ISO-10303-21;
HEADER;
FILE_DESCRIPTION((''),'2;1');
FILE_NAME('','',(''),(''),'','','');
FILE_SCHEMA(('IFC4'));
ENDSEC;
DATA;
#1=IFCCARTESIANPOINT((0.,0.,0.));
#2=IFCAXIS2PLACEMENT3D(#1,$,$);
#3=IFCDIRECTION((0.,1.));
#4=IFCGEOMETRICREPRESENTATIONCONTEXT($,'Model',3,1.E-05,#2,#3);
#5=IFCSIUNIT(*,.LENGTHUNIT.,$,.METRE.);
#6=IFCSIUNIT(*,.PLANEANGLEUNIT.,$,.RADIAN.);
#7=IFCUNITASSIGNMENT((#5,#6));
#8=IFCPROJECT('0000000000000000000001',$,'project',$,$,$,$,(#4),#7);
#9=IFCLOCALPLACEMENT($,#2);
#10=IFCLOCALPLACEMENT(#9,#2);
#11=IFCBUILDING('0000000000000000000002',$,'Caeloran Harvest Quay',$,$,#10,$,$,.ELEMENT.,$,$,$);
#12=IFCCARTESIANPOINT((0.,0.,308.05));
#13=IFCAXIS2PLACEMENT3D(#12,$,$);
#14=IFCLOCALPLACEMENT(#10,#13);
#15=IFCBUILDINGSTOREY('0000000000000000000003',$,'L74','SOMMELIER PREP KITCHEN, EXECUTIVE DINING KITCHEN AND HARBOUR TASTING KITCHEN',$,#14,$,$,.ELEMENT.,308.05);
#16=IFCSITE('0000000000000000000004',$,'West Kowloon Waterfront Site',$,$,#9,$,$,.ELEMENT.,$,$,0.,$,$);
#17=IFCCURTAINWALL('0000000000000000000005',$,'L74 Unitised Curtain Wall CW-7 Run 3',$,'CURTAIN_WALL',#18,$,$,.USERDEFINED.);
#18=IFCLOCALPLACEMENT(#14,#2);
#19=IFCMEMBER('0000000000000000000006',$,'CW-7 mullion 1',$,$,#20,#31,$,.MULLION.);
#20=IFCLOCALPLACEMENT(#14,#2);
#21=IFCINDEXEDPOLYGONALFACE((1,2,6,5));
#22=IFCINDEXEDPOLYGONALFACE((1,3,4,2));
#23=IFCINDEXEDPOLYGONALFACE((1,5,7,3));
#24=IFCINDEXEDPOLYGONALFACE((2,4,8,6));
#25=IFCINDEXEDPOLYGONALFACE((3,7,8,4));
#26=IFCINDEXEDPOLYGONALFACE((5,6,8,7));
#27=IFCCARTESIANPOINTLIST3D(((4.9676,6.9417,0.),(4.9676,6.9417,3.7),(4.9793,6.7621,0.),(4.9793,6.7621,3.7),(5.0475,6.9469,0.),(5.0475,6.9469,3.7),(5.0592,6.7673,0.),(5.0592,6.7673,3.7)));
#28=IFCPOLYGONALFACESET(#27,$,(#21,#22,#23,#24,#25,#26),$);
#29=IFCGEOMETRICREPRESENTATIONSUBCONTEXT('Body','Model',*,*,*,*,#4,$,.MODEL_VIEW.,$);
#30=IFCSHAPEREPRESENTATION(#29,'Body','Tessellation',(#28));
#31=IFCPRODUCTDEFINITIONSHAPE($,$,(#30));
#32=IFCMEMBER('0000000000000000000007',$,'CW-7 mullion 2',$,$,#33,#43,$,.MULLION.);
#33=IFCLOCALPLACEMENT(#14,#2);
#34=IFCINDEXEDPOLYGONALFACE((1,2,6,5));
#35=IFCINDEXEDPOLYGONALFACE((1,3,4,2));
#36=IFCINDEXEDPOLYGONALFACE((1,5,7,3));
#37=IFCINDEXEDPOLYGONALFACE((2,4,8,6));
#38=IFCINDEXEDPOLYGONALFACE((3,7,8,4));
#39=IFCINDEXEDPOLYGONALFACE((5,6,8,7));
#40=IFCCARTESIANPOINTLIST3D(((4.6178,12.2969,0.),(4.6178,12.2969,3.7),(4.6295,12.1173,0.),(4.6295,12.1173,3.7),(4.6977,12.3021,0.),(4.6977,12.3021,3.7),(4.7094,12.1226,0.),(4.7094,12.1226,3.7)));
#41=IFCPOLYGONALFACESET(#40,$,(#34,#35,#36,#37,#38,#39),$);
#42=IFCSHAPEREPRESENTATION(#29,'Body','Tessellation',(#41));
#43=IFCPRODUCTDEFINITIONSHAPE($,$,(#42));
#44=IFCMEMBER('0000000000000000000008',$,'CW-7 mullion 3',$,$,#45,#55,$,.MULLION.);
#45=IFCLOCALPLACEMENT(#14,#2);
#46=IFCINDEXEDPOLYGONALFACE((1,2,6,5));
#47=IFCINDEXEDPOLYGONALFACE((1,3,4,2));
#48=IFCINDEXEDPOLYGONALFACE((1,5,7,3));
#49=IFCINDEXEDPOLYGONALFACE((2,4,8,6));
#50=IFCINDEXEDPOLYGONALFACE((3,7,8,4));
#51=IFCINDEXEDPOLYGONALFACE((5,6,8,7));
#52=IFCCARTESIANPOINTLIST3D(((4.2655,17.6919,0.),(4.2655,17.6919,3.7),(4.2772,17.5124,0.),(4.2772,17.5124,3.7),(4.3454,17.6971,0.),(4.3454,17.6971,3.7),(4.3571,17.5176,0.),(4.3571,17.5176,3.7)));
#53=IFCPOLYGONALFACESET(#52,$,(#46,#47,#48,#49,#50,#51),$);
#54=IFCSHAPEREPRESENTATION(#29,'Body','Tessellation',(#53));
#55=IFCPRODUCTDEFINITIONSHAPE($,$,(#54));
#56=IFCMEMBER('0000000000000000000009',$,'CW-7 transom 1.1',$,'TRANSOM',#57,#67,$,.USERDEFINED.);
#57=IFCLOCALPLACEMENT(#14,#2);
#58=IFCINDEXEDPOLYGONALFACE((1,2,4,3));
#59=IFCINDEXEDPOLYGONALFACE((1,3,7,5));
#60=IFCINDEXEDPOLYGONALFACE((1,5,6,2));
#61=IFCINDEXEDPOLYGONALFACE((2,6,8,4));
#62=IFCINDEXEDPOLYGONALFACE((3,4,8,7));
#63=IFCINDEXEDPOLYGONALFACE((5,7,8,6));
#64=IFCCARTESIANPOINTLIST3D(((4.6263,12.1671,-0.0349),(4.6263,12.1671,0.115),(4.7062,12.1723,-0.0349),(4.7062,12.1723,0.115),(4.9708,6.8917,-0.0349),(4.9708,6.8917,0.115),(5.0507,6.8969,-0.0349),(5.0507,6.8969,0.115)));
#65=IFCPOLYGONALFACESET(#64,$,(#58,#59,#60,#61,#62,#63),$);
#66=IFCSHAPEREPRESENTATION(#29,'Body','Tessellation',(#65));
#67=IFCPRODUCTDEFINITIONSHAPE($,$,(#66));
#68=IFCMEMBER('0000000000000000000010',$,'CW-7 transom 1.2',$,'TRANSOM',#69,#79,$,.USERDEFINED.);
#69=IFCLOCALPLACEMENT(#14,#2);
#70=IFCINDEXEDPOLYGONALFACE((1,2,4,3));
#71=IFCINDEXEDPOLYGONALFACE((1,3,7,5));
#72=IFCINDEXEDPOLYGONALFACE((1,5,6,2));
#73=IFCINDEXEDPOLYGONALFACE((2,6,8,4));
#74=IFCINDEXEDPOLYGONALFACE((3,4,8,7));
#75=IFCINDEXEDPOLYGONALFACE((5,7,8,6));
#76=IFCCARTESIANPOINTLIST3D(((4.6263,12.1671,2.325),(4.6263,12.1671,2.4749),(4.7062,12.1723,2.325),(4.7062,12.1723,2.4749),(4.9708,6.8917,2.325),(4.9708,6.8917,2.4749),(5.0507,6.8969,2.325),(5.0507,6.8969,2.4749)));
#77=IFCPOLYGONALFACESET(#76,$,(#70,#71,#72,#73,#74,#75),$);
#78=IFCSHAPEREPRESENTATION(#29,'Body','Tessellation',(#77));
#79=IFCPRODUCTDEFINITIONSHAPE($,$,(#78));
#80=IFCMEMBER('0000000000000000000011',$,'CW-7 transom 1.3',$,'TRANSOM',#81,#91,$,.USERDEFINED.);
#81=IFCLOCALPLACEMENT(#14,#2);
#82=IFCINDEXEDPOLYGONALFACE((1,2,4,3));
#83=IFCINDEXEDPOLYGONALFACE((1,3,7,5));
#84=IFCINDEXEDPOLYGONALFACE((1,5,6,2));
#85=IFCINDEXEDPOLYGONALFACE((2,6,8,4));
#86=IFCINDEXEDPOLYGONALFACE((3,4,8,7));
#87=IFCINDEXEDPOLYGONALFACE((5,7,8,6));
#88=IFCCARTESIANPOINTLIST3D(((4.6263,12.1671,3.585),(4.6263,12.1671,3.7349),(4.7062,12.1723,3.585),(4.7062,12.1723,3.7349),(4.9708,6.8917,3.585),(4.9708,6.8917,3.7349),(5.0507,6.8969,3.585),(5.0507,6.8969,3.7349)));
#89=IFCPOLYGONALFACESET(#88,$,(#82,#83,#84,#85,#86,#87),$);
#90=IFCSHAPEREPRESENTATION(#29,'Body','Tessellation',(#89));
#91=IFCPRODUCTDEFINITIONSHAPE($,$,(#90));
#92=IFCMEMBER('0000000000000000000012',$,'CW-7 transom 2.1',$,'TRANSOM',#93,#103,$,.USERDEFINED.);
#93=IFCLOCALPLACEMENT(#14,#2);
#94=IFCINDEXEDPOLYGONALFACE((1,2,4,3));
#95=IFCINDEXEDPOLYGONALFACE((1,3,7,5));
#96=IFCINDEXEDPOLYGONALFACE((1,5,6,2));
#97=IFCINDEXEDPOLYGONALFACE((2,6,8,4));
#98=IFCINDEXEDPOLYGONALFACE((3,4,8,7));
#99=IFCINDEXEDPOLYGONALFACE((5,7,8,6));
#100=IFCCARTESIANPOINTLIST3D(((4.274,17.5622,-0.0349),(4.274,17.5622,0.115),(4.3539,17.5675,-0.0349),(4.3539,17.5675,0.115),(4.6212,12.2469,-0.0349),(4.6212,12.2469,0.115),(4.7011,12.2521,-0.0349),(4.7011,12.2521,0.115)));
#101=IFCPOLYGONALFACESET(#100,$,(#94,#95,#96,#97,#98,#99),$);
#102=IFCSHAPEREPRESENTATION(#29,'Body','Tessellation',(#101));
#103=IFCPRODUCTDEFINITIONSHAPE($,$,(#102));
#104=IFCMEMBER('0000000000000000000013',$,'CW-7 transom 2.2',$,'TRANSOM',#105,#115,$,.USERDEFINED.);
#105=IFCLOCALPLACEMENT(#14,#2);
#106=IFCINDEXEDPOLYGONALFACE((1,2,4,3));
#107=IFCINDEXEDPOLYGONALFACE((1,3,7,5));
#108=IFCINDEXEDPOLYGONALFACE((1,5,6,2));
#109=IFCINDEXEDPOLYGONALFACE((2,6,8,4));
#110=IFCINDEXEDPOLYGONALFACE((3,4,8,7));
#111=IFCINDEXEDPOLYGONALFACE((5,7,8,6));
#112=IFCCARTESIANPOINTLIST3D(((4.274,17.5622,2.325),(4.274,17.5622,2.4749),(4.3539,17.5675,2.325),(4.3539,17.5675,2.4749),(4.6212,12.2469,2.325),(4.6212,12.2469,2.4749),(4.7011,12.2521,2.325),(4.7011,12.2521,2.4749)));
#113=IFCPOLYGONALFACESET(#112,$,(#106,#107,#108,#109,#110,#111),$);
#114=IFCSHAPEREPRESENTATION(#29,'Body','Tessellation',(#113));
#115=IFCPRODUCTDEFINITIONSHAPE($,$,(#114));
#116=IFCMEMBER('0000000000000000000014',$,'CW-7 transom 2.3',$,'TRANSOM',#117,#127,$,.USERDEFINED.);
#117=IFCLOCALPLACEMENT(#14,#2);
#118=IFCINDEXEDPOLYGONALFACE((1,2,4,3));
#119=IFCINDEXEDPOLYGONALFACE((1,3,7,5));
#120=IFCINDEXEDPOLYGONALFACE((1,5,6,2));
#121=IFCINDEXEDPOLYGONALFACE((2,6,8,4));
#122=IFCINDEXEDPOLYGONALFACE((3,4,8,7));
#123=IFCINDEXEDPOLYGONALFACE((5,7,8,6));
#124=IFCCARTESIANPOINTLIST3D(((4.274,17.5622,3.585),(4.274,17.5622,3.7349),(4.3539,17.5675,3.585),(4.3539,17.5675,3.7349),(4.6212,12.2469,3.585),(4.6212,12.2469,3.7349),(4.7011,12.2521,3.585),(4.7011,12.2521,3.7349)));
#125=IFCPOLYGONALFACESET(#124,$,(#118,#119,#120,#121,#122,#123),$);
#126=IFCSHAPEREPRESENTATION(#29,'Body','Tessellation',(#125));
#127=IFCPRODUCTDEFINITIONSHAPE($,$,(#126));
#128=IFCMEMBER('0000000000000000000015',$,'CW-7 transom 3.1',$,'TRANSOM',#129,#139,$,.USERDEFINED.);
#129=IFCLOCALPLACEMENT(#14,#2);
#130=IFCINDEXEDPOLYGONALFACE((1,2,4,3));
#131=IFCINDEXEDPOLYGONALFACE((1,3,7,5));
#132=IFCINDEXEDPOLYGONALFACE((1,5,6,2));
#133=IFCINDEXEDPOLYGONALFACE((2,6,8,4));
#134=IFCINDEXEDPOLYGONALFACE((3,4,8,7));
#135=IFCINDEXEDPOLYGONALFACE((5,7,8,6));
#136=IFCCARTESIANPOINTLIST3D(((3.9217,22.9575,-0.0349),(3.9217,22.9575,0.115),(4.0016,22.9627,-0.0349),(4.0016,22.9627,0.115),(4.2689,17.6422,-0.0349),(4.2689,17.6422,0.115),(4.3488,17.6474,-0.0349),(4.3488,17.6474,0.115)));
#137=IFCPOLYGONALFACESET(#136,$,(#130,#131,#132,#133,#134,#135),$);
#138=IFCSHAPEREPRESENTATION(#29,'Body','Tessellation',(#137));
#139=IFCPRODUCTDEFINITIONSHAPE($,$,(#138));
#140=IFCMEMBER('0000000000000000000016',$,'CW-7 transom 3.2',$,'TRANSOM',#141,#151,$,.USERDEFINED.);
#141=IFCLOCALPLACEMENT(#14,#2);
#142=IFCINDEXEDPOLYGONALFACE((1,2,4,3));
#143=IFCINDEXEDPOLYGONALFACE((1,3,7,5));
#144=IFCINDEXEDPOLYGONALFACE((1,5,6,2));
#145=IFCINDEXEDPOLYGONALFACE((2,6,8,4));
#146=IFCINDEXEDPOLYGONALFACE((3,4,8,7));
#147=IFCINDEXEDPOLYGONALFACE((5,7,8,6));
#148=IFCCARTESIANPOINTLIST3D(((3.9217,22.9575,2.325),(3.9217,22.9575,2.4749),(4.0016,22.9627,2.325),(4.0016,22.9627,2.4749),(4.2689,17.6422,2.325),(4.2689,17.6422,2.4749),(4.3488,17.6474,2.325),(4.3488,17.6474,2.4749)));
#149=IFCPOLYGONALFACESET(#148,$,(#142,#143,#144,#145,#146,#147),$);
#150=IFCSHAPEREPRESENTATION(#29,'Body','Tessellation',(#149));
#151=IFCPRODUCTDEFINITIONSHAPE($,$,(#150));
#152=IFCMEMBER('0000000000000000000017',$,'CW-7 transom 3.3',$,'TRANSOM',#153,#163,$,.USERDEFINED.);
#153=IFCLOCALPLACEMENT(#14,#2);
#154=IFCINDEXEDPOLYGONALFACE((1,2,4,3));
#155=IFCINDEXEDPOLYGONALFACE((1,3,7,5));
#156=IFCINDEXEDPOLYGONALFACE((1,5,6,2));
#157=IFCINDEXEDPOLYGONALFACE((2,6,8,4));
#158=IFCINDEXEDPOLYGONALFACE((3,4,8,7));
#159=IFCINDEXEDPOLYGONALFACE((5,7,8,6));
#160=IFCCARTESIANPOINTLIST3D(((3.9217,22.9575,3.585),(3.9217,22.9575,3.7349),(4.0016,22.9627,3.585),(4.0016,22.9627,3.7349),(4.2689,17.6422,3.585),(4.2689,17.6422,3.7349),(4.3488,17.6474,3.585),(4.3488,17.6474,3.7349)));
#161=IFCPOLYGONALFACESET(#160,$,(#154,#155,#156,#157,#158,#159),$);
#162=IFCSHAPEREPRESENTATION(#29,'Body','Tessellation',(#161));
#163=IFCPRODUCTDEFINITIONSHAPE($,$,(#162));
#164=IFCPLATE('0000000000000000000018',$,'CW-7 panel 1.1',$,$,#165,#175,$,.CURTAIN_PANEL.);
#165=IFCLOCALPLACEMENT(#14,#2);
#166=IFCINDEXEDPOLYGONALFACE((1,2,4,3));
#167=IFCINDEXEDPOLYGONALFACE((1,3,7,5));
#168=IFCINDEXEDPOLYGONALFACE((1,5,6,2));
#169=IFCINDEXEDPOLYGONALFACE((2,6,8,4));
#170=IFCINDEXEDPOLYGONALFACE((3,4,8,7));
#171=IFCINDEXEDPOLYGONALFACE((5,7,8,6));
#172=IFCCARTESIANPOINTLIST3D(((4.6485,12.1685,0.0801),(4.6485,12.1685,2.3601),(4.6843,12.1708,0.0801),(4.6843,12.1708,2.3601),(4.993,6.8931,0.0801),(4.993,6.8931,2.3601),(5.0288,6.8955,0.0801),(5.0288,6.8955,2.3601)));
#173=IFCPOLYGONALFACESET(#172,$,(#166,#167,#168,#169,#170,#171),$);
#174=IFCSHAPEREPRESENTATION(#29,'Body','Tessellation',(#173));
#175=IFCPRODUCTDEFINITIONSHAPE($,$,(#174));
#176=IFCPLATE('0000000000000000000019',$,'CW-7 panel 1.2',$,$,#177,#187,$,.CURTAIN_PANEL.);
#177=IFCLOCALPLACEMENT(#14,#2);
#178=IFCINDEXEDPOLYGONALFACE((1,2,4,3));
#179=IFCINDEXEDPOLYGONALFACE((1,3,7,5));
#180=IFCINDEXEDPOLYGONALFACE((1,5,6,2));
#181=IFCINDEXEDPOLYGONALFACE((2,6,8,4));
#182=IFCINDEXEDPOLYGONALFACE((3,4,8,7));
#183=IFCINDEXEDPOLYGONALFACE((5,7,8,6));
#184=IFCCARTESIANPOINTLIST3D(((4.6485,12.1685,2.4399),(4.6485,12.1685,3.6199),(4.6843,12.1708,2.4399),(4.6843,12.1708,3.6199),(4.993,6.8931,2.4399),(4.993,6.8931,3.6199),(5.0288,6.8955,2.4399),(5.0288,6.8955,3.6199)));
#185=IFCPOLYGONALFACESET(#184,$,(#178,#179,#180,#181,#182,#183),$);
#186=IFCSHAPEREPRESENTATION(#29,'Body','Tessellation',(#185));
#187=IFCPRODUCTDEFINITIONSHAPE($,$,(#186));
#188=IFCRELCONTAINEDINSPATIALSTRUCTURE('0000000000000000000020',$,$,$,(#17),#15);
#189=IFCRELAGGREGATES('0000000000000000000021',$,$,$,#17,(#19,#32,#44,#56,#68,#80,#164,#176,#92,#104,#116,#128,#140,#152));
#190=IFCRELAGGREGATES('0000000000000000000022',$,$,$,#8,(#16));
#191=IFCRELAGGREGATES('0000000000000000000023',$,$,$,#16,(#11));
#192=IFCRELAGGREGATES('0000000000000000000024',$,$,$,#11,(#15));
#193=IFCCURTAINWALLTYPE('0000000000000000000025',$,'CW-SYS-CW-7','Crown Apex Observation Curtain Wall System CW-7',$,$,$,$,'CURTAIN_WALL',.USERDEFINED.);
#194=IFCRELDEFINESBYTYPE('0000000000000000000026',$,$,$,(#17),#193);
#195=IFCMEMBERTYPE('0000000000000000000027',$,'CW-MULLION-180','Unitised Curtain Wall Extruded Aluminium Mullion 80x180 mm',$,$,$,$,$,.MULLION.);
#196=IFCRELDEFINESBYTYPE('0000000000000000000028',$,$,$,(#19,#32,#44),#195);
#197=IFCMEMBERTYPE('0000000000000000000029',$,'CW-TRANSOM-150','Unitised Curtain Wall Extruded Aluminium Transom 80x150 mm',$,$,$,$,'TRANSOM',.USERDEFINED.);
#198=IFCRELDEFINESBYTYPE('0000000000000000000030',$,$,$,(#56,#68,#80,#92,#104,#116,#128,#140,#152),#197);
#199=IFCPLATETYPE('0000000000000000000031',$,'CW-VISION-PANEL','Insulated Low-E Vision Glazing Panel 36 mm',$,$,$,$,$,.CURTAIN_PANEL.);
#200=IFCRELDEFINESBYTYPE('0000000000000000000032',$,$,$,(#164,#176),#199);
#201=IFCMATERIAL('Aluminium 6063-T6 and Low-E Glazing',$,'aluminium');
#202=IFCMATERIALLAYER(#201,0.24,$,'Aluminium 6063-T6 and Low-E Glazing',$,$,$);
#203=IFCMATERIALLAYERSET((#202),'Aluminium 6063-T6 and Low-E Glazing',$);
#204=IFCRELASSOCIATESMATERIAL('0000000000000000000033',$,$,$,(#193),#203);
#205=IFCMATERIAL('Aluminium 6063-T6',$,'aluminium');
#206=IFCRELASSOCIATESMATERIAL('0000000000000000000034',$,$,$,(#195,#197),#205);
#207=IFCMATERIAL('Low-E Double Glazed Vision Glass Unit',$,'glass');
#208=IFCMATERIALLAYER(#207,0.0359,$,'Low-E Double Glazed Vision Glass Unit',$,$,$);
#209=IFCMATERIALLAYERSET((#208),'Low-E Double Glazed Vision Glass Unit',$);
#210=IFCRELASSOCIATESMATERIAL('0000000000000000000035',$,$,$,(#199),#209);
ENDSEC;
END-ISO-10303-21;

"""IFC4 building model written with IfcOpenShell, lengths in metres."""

from ifc_helpers import new_model, si_unit, direction, frame, origin, origin_2d, place, context, subcontext, project, spatial, rectangle, extrude, material, layer, layer_set, material_profile, profile_set, type_object, element, aggregate, save


model = new_model("IFC4")

# Units and contexts
model_context = context("Model", 3, precision=1e-05, world=origin(), true_north=direction((0.0, 1.0)))
body_context = subcontext(model_context, "Body", "Model", "MODEL_VIEW")
ifc_project = project(units=[si_unit("LENGTHUNIT", "METRE"), si_unit("PLANEANGLEUNIT", "RADIAN")], contexts=[model_context])

# Site, building, storey
site_placement = place(None, origin())
site = spatial("IfcSite", under=ifc_project, at=site_placement, Name="West Kowloon Waterfront Site", CompositionType="ELEMENT", RefElevation=0.0)
building_placement = place(site_placement, origin())
building = spatial("IfcBuilding", under=site, at=building_placement, Name="Caeloran Harvest Quay", CompositionType="ELEMENT")
storey_placement = place(building_placement, frame((0.0, 0.0, 308.05)))
storey = spatial("IfcBuildingStorey", under=building, at=storey_placement, Name="L74", Description="SOMMELIER PREP KITCHEN, EXECUTIVE DINING KITCHEN AND HARBOUR TASTING KITCHEN", CompositionType="ELEMENT", Elevation=308.05)

# Curtain wall, members, plates
ifc_material_1 = material(Name="Aluminium 6063-T6 and Low-E Glazing", Category="aluminium")
ifc_layer_1 = layer(ifc_material_1, 0.24, Name="Aluminium 6063-T6 and Low-E Glazing")
ifc_layer_set_1 = layer_set([ifc_layer_1], Name="Aluminium 6063-T6 and Low-E Glazing")
curtain_wall_type = type_object("IfcCurtainWallType", Name="CW-SYS-CW-7", Description="Crown Apex Observation Curtain Wall System CW-7", ElementType="CURTAIN_WALL", PredefinedType="USERDEFINED", material=ifc_layer_set_1)
curtain_wall_placement = place(storey_placement, origin())
curtain_wall = element("IfcCurtainWall", 1, at=curtain_wall_placement, inside=storey, type_object=curtain_wall_type, Name="L74 Unitised Curtain Wall CW-7 Run 3", ObjectType="CURTAIN_WALL", PredefinedType="USERDEFINED")
ifc_material_2 = material(Name="Aluminium 6063-T6", Category="aluminium")
ifc_material_profile_1 = material_profile(ifc_material_2, rectangle(XDim=0.0801, YDim=0.1799, at=origin_2d()), Name="CW-MULLION-180")
ifc_profile_set_1 = profile_set([ifc_material_profile_1], Name="Aluminium 6063-T6")
member_type_1 = type_object("IfcMemberType", Name="CW-MULLION-180", Description="Unitised Curtain Wall Extruded Aluminium Mullion 80x180 mm", PredefinedType="MULLION", material=ifc_profile_set_1)
member_1_placement = place(storey_placement, frame((5.0134, 6.8545, 0.0), z_axis=(0.0, 0.0, 1.0), x_axis=(-0.997874, -0.065167, 0.0)))
member_1 = element("IfcMember", 2, at=member_1_placement, type_object=member_type_1, Name="CW-7 mullion 1", PredefinedType="MULLION", context=body_context, shape_type="SweptSolid", body=[
    extrude(rectangle(XDim=0.0801, YDim=0.1799, at=origin_2d()), origin(), (0.0, 0.0, 1.0), 3.7),
])
member_2_placement = place(storey_placement, frame((4.6636, 12.2097, 0.0), z_axis=(0.0, 0.0, 1.0), x_axis=(-0.997874, -0.065167, 0.0)))
member_2 = element("IfcMember", 3, at=member_2_placement, type_object=member_type_1, Name="CW-7 mullion 2", PredefinedType="MULLION", context=body_context, shape_type="SweptSolid", body=[
    extrude(rectangle(XDim=0.0801, YDim=0.1799, at=origin_2d()), origin(), (0.0, 0.0, 1.0), 3.7),
])
member_3_placement = place(storey_placement, frame((4.3113, 17.6047, 0.0), z_axis=(0.0, 0.0, 1.0), x_axis=(-0.997874, -0.065167, 0.0)))
member_3 = element("IfcMember", 4, at=member_3_placement, type_object=member_type_1, Name="CW-7 mullion 3", PredefinedType="MULLION", context=body_context, shape_type="SweptSolid", body=[
    extrude(rectangle(XDim=0.0801, YDim=0.1799, at=origin_2d()), origin(), (0.0, 0.0, 1.0), 3.7),
])
ifc_material_profile_2 = material_profile(ifc_material_2, rectangle(XDim=0.0801, YDim=0.1499, at=origin_2d()), Name="CW-TRANSOM-150")
ifc_profile_set_2 = profile_set([ifc_material_profile_2], Name="Aluminium 6063-T6")
member_type_2 = type_object("IfcMemberType", Name="CW-TRANSOM-150", Description="Unitised Curtain Wall Extruded Aluminium Transom 80x150 mm", ElementType="TRANSOM", PredefinedType="USERDEFINED", material=ifc_profile_set_2)
member_4_placement = place(storey_placement, frame((5.0107, 6.8943, 0.04), z_axis=(-0.065161, 0.997875, 0.0), x_axis=(-0.997875, -0.065161, 0.0)))
member_4 = element("IfcMember", 5, at=member_4_placement, type_object=member_type_2, Name="CW-7 transom 1.1", ObjectType="TRANSOM", PredefinedType="USERDEFINED", context=body_context, shape_type="SweptSolid", body=[
    extrude(rectangle(XDim=0.0801, YDim=0.1499, at=origin_2d()), origin(), (0.0, 0.0, 1.0), 5.2866),
])
member_5_placement = place(storey_placement, frame((5.0107, 6.8943, 2.3999), z_axis=(-0.065161, 0.997875, 0.0), x_axis=(-0.997875, -0.065161, 0.0)))
member_5 = element("IfcMember", 6, at=member_5_placement, type_object=member_type_2, Name="CW-7 transom 1.2", ObjectType="TRANSOM", PredefinedType="USERDEFINED", context=body_context, shape_type="SweptSolid", body=[
    extrude(rectangle(XDim=0.0801, YDim=0.1499, at=origin_2d()), origin(), (0.0, 0.0, 1.0), 5.2866),
])
member_6_placement = place(storey_placement, frame((5.0107, 6.8943, 3.6599), z_axis=(-0.065161, 0.997875, 0.0), x_axis=(-0.997875, -0.065161, 0.0)))
member_6 = element("IfcMember", 7, at=member_6_placement, type_object=member_type_2, Name="CW-7 transom 1.3", ObjectType="TRANSOM", PredefinedType="USERDEFINED", context=body_context, shape_type="SweptSolid", body=[
    extrude(rectangle(XDim=0.0801, YDim=0.1499, at=origin_2d()), origin(), (0.0, 0.0, 1.0), 5.2866),
])
member_7_placement = place(storey_placement, frame((4.6611, 12.2495, 0.04), z_axis=(-0.065174, 0.997874, 0.0), x_axis=(-0.997874, -0.065174, 0.0)))
member_7 = element("IfcMember", 8, at=member_7_placement, type_object=member_type_2, Name="CW-7 transom 2.1", ObjectType="TRANSOM", PredefinedType="USERDEFINED", context=body_context, shape_type="SweptSolid", body=[
    extrude(rectangle(XDim=0.0801, YDim=0.1499, at=origin_2d()), origin(), (0.0, 0.0, 1.0), 5.3267),
])
member_8_placement = place(storey_placement, frame((4.6611, 12.2495, 2.3999), z_axis=(-0.065174, 0.997874, 0.0), x_axis=(-0.997874, -0.065174, 0.0)))
member_8 = element("IfcMember", 9, at=member_8_placement, type_object=member_type_2, Name="CW-7 transom 2.2", ObjectType="TRANSOM", PredefinedType="USERDEFINED", context=body_context, shape_type="SweptSolid", body=[
    extrude(rectangle(XDim=0.0801, YDim=0.1499, at=origin_2d()), origin(), (0.0, 0.0, 1.0), 5.3267),
])
member_9_placement = place(storey_placement, frame((4.6611, 12.2495, 3.6599), z_axis=(-0.065174, 0.997874, 0.0), x_axis=(-0.997874, -0.065174, 0.0)))
member_9 = element("IfcMember", 10, at=member_9_placement, type_object=member_type_2, Name="CW-7 transom 2.3", ObjectType="TRANSOM", PredefinedType="USERDEFINED", context=body_context, shape_type="SweptSolid", body=[
    extrude(rectangle(XDim=0.0801, YDim=0.1499, at=origin_2d()), origin(), (0.0, 0.0, 1.0), 5.3267),
])
member_10_placement = place(storey_placement, frame((4.3088, 17.6448, 0.04), z_axis=(-0.065174, 0.997874, 0.0), x_axis=(-0.997874, -0.065174, 0.0)))
member_10 = element("IfcMember", 11, at=member_10_placement, type_object=member_type_2, Name="CW-7 transom 3.1", ObjectType="TRANSOM", PredefinedType="USERDEFINED", context=body_context, shape_type="SweptSolid", body=[
    extrude(rectangle(XDim=0.0801, YDim=0.1499, at=origin_2d()), origin(), (0.0, 0.0, 1.0), 5.3267),
])
member_11_placement = place(storey_placement, frame((4.3088, 17.6448, 2.3999), z_axis=(-0.065174, 0.997874, 0.0), x_axis=(-0.997874, -0.065174, 0.0)))
member_11 = element("IfcMember", 12, at=member_11_placement, type_object=member_type_2, Name="CW-7 transom 3.2", ObjectType="TRANSOM", PredefinedType="USERDEFINED", context=body_context, shape_type="SweptSolid", body=[
    extrude(rectangle(XDim=0.0801, YDim=0.1499, at=origin_2d()), origin(), (0.0, 0.0, 1.0), 5.3267),
])
member_12_placement = place(storey_placement, frame((4.3088, 17.6448, 3.6599), z_axis=(-0.065174, 0.997874, 0.0), x_axis=(-0.997874, -0.065174, 0.0)))
member_12 = element("IfcMember", 13, at=member_12_placement, type_object=member_type_2, Name="CW-7 transom 3.3", ObjectType="TRANSOM", PredefinedType="USERDEFINED", context=body_context, shape_type="SweptSolid", body=[
    extrude(rectangle(XDim=0.0801, YDim=0.1499, at=origin_2d()), origin(), (0.0, 0.0, 1.0), 5.3267),
])
ifc_material_3 = material(Name="Low-E Double Glazed Vision Glass Unit", Category="glass")
ifc_layer_2 = layer(ifc_material_3, 0.0359, Name="Low-E Double Glazed Vision Glass Unit")
ifc_layer_set_2 = layer_set([ifc_layer_2], Name="Low-E Double Glazed Vision Glass Unit")
plate_type = type_object("IfcPlateType", Name="CW-VISION-PANEL", Description="Insulated Low-E Vision Glazing Panel 36 mm", PredefinedType="CURTAIN_PANEL", material=ifc_layer_set_2)
plate_1_placement = place(storey_placement, frame((4.8386, 9.532, 0.0801), z_axis=(0.0, 0.0, 1.0), x_axis=(-0.065167, 0.997874, 0.0)))
plate_1 = element("IfcPlate", 14, at=plate_1_placement, type_object=plate_type, Name="CW-7 panel 1.1", PredefinedType="CURTAIN_PANEL", context=body_context, shape_type="SweptSolid", body=[
    extrude(rectangle(XDim=5.2866, YDim=0.0359, at=origin_2d()), origin(), (0.0, 0.0, 1.0), 2.28),
])
plate_2_placement = place(storey_placement, frame((4.8386, 9.532, 2.4399), z_axis=(0.0, 0.0, 1.0), x_axis=(-0.065167, 0.997874, 0.0)))
plate_2 = element("IfcPlate", 15, at=plate_2_placement, type_object=plate_type, Name="CW-7 panel 1.2", PredefinedType="CURTAIN_PANEL", context=body_context, shape_type="SweptSolid", body=[
    extrude(rectangle(XDim=5.2866, YDim=0.0359, at=origin_2d()), origin(), (0.0, 0.0, 1.0), 1.1799),
])
aggregate(curtain_wall, [member_1, member_2, member_3, member_4, member_5, member_6, plate_1, plate_2, member_7, member_8, member_9, member_10, member_11, member_12])

save(model, "model.ifc")
